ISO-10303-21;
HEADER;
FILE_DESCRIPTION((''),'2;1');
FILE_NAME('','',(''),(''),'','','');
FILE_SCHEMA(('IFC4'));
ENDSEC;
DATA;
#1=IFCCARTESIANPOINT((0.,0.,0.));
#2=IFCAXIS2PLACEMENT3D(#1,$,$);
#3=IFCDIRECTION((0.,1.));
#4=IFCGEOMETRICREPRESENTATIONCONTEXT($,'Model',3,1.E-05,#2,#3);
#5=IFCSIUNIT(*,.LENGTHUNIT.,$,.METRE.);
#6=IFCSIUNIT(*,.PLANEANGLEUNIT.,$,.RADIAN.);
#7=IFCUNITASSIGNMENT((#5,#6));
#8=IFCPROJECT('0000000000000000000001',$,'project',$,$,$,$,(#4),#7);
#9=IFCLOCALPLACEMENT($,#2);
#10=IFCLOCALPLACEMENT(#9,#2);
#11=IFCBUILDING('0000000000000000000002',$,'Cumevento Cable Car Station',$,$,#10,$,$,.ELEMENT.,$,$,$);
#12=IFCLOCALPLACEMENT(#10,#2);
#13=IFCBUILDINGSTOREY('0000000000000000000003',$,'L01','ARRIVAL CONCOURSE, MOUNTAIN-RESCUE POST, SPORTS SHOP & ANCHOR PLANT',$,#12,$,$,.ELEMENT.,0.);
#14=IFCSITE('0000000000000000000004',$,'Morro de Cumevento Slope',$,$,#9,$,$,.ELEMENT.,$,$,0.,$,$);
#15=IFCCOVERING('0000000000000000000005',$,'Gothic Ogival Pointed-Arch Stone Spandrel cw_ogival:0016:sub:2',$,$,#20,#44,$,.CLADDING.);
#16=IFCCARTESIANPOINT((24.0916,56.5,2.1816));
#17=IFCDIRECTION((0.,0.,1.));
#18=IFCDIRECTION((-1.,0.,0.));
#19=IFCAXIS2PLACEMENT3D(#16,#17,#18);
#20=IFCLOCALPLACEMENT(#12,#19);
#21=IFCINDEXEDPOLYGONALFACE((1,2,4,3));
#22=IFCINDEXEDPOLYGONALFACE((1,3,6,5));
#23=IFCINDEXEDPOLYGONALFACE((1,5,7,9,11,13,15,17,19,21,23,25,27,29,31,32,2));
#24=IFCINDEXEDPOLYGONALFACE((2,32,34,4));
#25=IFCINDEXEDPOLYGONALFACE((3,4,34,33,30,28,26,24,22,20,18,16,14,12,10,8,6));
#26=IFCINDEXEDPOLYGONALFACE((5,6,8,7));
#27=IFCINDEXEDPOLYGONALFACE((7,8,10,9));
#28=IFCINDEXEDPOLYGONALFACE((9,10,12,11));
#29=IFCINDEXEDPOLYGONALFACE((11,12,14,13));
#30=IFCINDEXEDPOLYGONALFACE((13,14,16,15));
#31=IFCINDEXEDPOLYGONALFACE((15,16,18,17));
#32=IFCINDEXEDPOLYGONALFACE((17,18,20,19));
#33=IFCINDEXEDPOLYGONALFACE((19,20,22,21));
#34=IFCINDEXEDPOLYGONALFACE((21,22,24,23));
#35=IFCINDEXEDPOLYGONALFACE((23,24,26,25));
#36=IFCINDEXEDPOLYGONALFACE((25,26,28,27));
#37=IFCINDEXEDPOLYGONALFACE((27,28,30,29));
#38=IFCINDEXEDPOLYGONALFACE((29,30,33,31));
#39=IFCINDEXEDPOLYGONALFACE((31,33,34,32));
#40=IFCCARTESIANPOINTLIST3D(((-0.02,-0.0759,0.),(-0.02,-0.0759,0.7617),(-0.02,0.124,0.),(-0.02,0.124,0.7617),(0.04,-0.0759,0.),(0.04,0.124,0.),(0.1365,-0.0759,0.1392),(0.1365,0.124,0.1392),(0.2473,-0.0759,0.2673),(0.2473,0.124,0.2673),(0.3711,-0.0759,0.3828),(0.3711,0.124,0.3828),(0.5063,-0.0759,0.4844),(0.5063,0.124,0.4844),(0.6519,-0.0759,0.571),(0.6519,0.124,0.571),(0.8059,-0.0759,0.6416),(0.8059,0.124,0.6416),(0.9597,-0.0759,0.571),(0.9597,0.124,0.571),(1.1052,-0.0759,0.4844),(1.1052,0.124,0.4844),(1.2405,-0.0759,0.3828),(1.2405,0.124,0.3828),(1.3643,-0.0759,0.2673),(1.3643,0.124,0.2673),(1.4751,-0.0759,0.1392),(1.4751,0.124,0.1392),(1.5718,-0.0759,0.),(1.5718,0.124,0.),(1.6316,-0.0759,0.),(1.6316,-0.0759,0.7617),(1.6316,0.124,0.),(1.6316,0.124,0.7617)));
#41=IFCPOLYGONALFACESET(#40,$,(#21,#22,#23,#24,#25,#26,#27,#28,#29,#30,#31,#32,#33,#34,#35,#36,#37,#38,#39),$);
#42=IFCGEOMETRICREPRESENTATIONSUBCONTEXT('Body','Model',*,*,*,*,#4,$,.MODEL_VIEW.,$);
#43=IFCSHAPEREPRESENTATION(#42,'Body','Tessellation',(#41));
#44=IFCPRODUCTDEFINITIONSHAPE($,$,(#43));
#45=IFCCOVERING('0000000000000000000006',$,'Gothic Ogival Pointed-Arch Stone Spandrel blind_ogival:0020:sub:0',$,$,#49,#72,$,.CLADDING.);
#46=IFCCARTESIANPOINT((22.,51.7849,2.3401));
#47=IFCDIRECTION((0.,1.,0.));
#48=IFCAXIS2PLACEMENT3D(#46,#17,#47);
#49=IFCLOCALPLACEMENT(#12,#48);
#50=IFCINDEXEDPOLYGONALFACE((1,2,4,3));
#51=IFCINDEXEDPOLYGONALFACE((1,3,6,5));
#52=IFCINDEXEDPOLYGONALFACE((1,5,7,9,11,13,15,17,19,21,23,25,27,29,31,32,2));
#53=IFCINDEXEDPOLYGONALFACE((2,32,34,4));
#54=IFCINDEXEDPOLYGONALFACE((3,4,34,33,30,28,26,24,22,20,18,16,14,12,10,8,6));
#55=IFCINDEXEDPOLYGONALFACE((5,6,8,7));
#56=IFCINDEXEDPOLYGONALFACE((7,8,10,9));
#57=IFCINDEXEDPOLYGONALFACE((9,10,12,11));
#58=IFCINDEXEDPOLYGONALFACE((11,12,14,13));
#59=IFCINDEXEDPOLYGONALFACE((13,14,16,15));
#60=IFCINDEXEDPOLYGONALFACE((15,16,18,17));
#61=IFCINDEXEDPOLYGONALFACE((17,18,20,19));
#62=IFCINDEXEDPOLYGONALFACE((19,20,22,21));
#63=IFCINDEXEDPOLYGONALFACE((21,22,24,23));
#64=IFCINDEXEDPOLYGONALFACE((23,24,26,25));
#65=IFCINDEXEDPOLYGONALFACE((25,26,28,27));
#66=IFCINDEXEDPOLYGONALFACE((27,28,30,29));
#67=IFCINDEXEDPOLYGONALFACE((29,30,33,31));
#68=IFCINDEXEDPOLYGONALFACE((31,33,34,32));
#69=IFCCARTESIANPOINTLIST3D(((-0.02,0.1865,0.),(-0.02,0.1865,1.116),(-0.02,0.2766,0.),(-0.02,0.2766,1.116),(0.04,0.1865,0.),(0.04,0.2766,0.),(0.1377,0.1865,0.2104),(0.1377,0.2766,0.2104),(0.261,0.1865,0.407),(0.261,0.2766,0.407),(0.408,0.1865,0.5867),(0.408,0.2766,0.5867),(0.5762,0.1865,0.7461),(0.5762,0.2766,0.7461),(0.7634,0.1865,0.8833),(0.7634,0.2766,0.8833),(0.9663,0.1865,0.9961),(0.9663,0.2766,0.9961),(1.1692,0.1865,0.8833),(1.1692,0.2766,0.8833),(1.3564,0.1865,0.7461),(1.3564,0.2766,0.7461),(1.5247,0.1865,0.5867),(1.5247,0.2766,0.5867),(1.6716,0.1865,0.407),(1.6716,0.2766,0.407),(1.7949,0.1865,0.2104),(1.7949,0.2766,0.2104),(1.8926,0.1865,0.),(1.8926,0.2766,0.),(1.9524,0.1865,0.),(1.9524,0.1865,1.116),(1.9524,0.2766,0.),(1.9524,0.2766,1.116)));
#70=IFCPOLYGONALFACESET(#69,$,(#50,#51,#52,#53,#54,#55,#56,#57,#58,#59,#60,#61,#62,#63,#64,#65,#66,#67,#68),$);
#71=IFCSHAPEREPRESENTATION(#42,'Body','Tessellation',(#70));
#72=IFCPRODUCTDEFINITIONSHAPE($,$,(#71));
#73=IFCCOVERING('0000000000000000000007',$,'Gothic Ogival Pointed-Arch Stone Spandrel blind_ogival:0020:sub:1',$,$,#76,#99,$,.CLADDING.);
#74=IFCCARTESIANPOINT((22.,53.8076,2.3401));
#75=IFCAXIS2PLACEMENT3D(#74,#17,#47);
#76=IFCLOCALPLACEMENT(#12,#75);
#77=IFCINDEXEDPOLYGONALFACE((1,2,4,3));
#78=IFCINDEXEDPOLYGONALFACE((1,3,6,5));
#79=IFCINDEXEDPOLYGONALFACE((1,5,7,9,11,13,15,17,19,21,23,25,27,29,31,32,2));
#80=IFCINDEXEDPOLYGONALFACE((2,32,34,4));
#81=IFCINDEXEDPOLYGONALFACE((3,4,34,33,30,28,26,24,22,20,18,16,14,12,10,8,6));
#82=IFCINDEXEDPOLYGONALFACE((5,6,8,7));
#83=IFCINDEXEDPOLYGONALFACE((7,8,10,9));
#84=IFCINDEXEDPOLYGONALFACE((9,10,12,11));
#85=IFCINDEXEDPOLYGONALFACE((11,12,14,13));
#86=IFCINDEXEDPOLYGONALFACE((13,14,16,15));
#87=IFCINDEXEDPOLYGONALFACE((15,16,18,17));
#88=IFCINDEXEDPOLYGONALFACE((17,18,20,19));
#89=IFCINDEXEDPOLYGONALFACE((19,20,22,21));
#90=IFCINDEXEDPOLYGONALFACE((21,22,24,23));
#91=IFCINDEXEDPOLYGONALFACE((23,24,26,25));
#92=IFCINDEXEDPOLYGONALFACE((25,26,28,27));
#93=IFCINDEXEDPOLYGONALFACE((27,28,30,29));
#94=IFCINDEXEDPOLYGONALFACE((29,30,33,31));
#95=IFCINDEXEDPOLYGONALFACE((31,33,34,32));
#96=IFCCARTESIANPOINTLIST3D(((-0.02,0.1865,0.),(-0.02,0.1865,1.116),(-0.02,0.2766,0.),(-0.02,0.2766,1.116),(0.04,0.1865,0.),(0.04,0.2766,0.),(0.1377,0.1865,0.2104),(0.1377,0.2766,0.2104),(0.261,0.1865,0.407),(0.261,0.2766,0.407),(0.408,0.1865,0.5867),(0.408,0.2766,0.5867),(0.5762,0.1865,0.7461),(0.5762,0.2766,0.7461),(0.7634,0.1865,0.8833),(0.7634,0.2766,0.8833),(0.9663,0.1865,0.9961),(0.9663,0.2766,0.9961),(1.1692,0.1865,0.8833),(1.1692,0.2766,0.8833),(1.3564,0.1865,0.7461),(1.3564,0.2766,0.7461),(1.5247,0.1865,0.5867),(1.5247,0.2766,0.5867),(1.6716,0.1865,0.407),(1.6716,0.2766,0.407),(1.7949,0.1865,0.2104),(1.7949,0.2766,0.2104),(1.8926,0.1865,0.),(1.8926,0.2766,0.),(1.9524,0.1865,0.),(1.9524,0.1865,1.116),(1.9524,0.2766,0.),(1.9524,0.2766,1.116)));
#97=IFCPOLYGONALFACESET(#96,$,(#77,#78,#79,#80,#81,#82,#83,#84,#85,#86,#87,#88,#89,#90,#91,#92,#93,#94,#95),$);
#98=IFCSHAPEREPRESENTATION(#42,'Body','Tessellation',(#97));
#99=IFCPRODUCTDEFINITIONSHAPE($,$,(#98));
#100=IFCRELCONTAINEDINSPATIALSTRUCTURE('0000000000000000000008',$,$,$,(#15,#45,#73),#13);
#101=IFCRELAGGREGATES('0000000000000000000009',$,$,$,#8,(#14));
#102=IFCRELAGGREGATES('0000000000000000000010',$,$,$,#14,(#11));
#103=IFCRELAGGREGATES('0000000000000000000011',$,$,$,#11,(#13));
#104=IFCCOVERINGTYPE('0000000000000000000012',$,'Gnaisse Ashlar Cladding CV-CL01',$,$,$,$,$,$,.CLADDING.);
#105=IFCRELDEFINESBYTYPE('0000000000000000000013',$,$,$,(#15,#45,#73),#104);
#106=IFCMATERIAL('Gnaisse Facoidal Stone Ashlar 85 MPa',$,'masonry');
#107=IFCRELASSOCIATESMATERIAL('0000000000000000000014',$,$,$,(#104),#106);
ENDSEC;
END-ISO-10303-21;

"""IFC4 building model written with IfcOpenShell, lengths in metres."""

from ifc_helpers import new_model, si_unit, direction, frame, origin, place, context, subcontext, project, spatial, polyline, outline, extrude, material, type_object, element, save


model = new_model("IFC4")

# Units and contexts
model_context = context("Model", 3, precision=1e-05, world=origin(), true_north=direction((0.0, 1.0)))
body_context = subcontext(model_context, "Body", "Model", "MODEL_VIEW")
ifc_project = project(units=[si_unit("LENGTHUNIT", "METRE"), si_unit("PLANEANGLEUNIT", "RADIAN")], contexts=[model_context])

# Site, building, storey
site_placement = place(None, origin())
site = spatial("IfcSite", under=ifc_project, at=site_placement, Name="Morro de Cumevento Slope", CompositionType="ELEMENT", RefElevation=0.0)
building_placement = place(site_placement, origin())
building = spatial("IfcBuilding", under=site, at=building_placement, Name="Cumevento Cable Car Station", CompositionType="ELEMENT")
storey_placement = place(building_placement, origin())
storey = spatial("IfcBuildingStorey", under=building, at=storey_placement, Name="L01", Description="ARRIVAL CONCOURSE, MOUNTAIN-RESCUE POST, SPORTS SHOP & ANCHOR PLANT", CompositionType="ELEMENT", Elevation=0.0)

# Coverings
ifc_material_1 = material(Name="Gnaisse Facoidal Stone Ashlar 85 MPa", Category="masonry")
covering_type = type_object("IfcCoveringType", Name="Gnaisse Ashlar Cladding CV-CL01", PredefinedType="CLADDING", material=ifc_material_1)
covering_1_placement = place(storey_placement, frame((24.0916, 56.5, 2.1816), z_axis=(0.0, 0.0, 1.0), x_axis=(-1.0, 0.0, 0.0)))
element("IfcCovering", 1, at=covering_1_placement, inside=storey, type_object=covering_type, Name="Gothic Ogival Pointed-Arch Stone Spandrel cw_ogival:0016:sub:2", PredefinedType="CLADDING", context=body_context, shape_type="SweptSolid", body=[
    extrude(outline(polyline([(-0.02, 0.0), (-0.02, 0.7617), (1.6316, 0.7617), (1.6316, 0.0), (1.5718, 0.0), (1.4751, 0.1392), (1.3643, 0.2673), (1.2405, 0.3828), (1.1052, 0.4844), (0.9597, 0.571), (0.8059, 0.6416), (0.6519, 0.571), (0.5063, 0.4844), (0.3711, 0.3828), (0.2473, 0.2673), (0.1365, 0.1392), (0.04, 0.0), (-0.02, 0.0)])), frame((0.0, 0.124, 0.0), z_axis=(0.0, -1.0, 0.0), x_axis=(1.0, 0.0, 0.0)), (0.0, 0.0, 1.0), 0.2),
])
for number, where, z_axis, x_axis, name in (
    (2, (22.0, 51.7849, 2.3401), (0.0, 0.0, 1.0), (0.0, 1.0, 0.0), "Gothic Ogival Pointed-Arch Stone Spandrel blind_ogival:0020:sub:0"),
    (3, (22.0, 53.8076, 2.3401), (0.0, 0.0, 1.0), (0.0, 1.0, 0.0), "Gothic Ogival Pointed-Arch Stone Spandrel blind_ogival:0020:sub:1"),
):
    element("IfcCovering", number, at=place(storey_placement, frame(where, z_axis=z_axis, x_axis=x_axis)), inside=storey, type_object=covering_type, Name=name, PredefinedType="CLADDING", context=body_context, shape_type="SweptSolid", body=[
        extrude(outline(polyline([(-0.02, 0.0), (-0.02, 1.116), (1.9524, 1.116), (1.9524, 0.0), (1.8926, 0.0), (1.7949, 0.2104), (1.6716, 0.407), (1.5247, 0.5867), (1.3564, 0.7461), (1.1692, 0.8833), (0.9663, 0.9961), (0.7634, 0.8833), (0.5762, 0.7461), (0.408, 0.5867), (0.261, 0.407), (0.1377, 0.2104), (0.04, 0.0), (-0.02, 0.0)])), frame((0.0, 0.2766, 0.0), z_axis=(0.0, -1.0, 0.0), x_axis=(1.0, 0.0, 0.0)), (0.0, 0.0, 1.0), 0.0901),
    ])

save(model, "model.ifc")
